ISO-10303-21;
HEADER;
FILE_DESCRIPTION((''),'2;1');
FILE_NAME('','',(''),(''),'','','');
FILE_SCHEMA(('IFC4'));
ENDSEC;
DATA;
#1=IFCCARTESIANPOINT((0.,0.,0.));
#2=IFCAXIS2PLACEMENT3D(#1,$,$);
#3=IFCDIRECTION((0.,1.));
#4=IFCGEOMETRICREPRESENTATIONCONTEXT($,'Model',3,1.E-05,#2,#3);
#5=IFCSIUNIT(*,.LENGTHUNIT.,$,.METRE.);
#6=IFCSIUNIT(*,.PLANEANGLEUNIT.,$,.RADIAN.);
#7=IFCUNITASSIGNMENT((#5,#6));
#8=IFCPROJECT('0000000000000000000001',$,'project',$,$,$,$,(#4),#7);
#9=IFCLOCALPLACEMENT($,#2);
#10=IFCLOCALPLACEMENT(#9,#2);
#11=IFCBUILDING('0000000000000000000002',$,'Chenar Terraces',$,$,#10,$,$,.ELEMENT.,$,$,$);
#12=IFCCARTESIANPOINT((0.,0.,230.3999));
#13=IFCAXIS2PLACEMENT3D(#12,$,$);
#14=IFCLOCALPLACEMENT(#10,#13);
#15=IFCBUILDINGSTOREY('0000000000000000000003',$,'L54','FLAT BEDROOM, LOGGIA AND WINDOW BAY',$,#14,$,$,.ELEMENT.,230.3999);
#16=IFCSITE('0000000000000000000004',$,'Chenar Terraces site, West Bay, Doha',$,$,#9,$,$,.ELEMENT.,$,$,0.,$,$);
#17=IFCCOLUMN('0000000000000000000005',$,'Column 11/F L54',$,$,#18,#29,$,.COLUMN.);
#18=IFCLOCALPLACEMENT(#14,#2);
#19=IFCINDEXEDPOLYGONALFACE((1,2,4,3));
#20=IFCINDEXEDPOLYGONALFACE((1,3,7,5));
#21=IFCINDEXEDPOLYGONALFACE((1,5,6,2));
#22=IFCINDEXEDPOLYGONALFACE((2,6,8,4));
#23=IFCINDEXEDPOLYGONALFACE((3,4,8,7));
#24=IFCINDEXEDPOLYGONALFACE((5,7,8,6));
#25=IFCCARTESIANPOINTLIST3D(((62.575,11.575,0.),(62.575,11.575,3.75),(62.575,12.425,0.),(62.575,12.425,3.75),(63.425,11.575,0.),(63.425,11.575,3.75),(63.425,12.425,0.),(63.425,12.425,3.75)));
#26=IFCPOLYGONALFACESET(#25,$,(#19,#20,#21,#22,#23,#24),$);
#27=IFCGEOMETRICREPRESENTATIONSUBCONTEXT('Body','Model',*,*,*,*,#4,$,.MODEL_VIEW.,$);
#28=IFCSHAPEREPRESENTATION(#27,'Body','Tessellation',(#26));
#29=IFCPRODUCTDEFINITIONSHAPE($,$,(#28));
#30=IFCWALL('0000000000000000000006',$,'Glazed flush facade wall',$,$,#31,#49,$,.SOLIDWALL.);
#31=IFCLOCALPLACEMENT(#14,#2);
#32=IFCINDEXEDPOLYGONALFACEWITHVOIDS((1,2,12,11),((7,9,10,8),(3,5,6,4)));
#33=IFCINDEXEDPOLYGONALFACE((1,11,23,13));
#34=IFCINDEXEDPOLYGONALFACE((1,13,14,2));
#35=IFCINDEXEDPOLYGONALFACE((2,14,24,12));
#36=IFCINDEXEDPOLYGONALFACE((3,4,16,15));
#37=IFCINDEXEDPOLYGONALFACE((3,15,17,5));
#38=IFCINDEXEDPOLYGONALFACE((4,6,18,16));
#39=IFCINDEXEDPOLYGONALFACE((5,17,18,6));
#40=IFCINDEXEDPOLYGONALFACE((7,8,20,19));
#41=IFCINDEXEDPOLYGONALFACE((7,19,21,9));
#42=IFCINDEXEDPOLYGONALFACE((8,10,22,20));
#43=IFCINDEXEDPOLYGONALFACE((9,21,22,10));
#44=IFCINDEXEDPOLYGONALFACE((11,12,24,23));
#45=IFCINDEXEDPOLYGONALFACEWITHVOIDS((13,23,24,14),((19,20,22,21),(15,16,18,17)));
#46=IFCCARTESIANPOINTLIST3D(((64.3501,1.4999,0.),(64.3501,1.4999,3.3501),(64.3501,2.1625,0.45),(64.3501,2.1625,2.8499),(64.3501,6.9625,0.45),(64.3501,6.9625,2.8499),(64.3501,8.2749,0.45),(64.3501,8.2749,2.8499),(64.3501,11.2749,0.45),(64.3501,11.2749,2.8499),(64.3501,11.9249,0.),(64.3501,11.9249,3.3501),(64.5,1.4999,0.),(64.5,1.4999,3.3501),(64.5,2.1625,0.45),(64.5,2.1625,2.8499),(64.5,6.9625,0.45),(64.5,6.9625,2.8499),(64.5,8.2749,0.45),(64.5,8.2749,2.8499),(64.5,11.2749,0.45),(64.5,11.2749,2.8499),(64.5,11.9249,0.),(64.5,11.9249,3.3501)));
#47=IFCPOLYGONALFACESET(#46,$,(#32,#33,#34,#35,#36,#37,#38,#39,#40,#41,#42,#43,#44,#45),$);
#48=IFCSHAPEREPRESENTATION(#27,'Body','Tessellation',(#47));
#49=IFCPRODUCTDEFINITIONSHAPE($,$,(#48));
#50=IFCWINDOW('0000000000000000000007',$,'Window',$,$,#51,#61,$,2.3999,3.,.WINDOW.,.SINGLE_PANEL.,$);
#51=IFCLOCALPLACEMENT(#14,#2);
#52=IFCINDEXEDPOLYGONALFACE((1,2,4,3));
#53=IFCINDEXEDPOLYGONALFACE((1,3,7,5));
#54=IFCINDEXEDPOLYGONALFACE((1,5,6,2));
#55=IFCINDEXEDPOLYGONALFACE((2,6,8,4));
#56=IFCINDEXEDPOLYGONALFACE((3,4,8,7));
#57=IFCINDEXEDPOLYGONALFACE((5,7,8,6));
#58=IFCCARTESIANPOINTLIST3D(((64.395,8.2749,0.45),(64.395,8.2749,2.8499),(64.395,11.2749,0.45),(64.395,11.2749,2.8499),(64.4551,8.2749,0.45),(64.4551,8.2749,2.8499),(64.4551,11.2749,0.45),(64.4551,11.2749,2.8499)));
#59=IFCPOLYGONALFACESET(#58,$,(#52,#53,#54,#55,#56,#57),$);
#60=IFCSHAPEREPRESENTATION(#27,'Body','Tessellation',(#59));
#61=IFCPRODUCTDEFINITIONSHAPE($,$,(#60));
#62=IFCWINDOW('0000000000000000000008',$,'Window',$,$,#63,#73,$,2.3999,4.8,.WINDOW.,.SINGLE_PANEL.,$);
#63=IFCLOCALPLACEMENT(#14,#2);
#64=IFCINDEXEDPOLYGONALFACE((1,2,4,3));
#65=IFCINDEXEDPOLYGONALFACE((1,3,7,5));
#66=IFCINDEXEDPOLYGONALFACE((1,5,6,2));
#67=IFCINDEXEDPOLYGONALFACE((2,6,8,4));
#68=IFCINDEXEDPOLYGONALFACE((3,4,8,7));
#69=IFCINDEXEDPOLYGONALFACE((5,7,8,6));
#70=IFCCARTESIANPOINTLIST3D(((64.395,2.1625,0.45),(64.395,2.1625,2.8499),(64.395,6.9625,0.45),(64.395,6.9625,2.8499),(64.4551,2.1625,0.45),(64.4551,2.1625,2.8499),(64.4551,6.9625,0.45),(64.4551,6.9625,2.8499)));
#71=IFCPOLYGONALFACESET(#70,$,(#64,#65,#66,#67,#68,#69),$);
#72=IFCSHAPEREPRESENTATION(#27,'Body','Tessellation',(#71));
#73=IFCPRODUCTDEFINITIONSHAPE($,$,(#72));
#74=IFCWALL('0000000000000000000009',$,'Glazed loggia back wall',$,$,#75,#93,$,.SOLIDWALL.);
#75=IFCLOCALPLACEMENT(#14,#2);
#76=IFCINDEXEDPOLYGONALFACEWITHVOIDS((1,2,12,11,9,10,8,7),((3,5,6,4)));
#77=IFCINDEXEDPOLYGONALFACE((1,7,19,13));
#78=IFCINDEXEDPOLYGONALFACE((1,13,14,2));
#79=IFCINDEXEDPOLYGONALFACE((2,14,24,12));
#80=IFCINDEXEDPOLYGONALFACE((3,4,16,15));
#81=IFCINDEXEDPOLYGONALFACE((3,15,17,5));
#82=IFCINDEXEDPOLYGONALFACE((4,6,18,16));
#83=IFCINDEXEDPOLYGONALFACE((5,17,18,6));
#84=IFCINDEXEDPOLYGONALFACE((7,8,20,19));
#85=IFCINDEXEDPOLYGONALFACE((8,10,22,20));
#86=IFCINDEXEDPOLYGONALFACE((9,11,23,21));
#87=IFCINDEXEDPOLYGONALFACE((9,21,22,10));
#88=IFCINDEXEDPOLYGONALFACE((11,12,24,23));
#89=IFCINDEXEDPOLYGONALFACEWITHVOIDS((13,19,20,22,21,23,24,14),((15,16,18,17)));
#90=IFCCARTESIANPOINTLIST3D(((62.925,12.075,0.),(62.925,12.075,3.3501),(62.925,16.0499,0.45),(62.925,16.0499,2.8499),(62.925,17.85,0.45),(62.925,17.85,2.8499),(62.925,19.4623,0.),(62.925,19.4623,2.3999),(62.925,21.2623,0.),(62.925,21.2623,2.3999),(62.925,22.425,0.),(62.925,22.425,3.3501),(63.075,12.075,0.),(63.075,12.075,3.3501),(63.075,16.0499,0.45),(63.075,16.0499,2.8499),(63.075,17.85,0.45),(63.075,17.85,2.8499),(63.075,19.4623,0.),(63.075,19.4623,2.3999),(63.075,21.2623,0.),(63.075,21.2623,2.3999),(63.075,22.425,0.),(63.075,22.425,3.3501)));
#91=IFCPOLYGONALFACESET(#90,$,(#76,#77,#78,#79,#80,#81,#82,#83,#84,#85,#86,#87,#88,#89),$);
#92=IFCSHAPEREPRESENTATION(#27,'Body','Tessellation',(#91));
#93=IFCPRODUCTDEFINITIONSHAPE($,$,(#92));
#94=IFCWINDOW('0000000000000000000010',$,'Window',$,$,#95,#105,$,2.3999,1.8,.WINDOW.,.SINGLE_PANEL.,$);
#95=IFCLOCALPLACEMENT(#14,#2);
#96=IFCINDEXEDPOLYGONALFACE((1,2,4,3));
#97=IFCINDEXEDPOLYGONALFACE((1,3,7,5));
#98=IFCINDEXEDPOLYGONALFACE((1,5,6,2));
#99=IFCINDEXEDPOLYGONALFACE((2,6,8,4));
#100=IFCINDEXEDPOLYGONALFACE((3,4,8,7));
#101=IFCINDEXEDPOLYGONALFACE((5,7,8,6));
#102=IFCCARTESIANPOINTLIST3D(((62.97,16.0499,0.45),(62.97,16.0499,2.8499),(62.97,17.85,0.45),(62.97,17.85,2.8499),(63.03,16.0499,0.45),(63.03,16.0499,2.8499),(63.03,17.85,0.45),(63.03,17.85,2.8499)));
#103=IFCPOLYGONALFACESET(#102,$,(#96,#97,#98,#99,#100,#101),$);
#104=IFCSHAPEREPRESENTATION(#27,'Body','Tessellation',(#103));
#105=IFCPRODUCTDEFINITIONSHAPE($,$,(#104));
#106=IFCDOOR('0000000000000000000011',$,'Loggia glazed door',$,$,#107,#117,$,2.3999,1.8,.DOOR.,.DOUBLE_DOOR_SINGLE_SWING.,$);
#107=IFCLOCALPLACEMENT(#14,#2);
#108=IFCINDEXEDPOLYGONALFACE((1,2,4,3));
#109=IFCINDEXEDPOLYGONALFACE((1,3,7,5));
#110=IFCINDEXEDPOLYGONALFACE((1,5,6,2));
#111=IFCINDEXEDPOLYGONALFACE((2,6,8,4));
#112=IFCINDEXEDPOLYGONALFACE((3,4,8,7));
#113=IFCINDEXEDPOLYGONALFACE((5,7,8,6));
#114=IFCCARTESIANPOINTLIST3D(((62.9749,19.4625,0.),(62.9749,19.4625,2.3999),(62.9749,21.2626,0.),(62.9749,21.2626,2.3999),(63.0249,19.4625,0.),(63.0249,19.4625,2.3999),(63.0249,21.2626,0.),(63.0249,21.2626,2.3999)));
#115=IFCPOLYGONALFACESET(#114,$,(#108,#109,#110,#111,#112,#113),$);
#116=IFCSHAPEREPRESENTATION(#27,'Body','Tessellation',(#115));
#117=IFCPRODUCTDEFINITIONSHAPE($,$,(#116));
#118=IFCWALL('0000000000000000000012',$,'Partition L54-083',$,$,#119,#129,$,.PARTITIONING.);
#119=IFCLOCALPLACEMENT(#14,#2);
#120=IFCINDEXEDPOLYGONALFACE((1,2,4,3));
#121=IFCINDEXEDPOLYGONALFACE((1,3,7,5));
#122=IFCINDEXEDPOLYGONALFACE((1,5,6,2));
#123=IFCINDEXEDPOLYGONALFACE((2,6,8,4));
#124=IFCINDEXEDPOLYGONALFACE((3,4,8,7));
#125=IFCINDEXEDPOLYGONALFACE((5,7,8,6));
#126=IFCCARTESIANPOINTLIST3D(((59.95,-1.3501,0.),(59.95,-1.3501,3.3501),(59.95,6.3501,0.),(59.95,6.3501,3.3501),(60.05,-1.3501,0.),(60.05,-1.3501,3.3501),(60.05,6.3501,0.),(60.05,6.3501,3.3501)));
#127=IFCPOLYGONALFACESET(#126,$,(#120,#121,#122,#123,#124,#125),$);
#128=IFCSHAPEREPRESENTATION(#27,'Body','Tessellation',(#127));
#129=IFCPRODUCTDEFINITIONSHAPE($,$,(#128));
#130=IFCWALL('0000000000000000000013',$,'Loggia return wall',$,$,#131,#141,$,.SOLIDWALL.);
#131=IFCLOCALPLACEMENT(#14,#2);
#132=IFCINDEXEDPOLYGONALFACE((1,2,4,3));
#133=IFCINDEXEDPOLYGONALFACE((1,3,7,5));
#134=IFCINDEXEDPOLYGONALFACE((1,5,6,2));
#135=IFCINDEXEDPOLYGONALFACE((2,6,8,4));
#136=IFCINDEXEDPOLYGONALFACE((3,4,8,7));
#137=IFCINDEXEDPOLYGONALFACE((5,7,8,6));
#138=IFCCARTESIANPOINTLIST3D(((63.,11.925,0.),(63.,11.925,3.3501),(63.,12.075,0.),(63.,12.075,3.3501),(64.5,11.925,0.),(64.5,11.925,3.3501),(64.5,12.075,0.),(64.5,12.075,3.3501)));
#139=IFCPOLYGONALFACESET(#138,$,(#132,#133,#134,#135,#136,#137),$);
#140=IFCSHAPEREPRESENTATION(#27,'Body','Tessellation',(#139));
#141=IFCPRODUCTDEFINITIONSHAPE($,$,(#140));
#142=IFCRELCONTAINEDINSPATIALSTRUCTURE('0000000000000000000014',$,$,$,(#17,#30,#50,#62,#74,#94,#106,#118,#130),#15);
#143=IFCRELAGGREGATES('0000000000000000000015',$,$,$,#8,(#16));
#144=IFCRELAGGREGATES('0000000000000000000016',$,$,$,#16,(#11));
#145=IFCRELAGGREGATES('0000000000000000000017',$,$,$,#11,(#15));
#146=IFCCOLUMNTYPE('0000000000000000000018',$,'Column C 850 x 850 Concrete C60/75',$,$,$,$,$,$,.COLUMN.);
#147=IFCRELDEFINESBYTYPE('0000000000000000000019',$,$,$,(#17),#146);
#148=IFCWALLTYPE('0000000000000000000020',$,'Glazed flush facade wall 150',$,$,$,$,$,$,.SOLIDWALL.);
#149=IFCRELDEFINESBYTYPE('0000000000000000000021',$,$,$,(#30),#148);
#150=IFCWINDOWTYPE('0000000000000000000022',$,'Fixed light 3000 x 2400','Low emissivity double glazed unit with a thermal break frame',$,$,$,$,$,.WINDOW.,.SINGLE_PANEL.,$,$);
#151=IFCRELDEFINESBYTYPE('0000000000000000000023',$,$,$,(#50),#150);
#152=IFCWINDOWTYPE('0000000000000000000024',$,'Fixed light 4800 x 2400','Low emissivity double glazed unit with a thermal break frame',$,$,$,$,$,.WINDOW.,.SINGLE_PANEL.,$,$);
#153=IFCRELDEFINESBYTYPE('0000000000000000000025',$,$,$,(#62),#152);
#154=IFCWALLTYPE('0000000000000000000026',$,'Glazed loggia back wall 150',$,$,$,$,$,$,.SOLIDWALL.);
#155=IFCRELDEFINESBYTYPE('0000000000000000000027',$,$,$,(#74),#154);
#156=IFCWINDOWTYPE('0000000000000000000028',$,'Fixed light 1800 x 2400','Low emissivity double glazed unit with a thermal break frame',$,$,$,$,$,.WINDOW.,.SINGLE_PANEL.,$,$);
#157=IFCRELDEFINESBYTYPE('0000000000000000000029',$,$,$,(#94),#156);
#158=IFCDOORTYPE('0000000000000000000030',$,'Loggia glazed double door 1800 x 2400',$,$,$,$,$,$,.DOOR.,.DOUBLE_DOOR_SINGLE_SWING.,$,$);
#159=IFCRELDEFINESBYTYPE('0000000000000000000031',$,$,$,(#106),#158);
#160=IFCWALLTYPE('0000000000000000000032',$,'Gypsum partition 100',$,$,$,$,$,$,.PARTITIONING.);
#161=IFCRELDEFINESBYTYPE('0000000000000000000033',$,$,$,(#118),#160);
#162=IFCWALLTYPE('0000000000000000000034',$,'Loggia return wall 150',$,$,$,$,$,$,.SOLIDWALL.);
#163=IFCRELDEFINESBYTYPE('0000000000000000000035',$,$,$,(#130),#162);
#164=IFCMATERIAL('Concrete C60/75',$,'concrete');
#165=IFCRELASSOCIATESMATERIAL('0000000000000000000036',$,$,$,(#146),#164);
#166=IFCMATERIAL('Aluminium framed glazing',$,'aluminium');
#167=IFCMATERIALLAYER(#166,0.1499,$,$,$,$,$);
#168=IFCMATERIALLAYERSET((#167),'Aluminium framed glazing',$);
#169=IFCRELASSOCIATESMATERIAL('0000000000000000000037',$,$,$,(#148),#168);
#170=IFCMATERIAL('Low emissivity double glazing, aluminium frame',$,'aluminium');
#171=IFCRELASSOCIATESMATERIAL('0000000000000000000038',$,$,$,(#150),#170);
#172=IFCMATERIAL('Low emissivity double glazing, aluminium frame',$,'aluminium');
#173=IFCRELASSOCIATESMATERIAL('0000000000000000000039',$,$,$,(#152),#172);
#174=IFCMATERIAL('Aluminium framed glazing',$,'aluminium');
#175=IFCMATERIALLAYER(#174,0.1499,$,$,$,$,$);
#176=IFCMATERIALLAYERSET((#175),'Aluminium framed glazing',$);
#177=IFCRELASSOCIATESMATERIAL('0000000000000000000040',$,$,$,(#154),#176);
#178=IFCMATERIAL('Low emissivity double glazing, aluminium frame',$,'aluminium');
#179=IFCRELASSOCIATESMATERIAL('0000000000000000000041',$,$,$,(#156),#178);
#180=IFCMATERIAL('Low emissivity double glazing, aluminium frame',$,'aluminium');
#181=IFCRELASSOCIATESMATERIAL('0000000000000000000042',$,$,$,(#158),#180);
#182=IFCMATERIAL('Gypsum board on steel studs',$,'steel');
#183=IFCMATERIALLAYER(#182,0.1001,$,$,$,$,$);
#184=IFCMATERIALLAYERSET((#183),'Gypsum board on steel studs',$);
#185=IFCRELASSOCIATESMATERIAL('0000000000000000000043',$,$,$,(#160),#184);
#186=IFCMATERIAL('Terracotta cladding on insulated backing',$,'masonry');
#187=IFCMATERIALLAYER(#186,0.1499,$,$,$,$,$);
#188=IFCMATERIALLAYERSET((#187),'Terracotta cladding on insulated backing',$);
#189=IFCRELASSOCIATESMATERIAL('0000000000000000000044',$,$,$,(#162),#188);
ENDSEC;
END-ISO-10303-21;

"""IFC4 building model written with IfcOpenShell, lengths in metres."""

from ifc_helpers import new_model, si_unit, direction, frame, frame_2d, origin, origin_2d, place, context, subcontext, project, spatial, rectangle, extrude, material, layer, layer_set, material_profile, profile_set, type_object, element, fill, save


model = new_model("IFC4")

# Units and contexts
model_context = context("Model", 3, precision=1e-05, world=origin(), true_north=direction((0.0, 1.0)))
body_context = subcontext(model_context, "Body", "Model", "MODEL_VIEW")
ifc_project = project(units=[si_unit("LENGTHUNIT", "METRE"), si_unit("PLANEANGLEUNIT", "RADIAN")], contexts=[model_context])

# Site, building, storey
site_placement = place(None, origin())
site = spatial("IfcSite", under=ifc_project, at=site_placement, Name="Chenar Terraces site, West Bay, Doha", CompositionType="ELEMENT", RefElevation=0.0)
building_placement = place(site_placement, origin())
building = spatial("IfcBuilding", under=site, at=building_placement, Name="Chenar Terraces", CompositionType="ELEMENT")
storey_placement = place(building_placement, frame((0.0, 0.0, 230.3999)))
storey = spatial("IfcBuildingStorey", under=building, at=storey_placement, Name="L54", Description="FLAT BEDROOM, LOGGIA AND WINDOW BAY", CompositionType="ELEMENT", Elevation=230.3999)

# Column
ifc_material_1 = material(Name="Concrete C60/75", Category="concrete")
ifc_material_profile = material_profile(ifc_material_1, rectangle(XDim=0.8501, YDim=0.8501, at=origin_2d()), Name="C 850 x 850")
ifc_profile_set = profile_set([ifc_material_profile], Name="Concrete C60/75")
column_type = type_object("IfcColumnType", Name="Column C 850 x 850 Concrete C60/75", PredefinedType="COLUMN", material=ifc_profile_set)
column_placement = place(storey_placement, frame((63.0, 12.0, 0.0), z_axis=(0.0, 0.0, 1.0), x_axis=(1.0, 0.0, 0.0)))
element("IfcColumn", 1, at=column_placement, inside=storey, type_object=column_type, Name="Column 11/F L54", PredefinedType="COLUMN", context=body_context, shape_type="SweptSolid", body=[
    extrude(rectangle(XDim=0.8501, YDim=0.8501, at=origin_2d()), origin(), (0.0, 0.0, 1.0), 3.75),
])

# Wall, openings, windows
ifc_material_2 = material(Name="Aluminium framed glazing", Category="aluminium")
ifc_layer_1 = layer(ifc_material_2, 0.1499)
ifc_layer_set_1 = layer_set([ifc_layer_1], Name="Aluminium framed glazing")
wall_type_1 = type_object("IfcWallType", Name="Glazed flush facade wall 150", PredefinedType="SOLIDWALL", material=ifc_layer_set_1)
wall_1_placement = place(storey_placement, frame((64.425, 1.5, 0.0), z_axis=(0.0, 0.0, 1.0), x_axis=(0.0, 1.0, 0.0)))
wall_1 = element("IfcWall", 2, at=wall_1_placement, inside=storey, type_object=wall_type_1, Name="Glazed flush facade wall", PredefinedType="SOLIDWALL", context=body_context, shape_type="SweptSolid", body=[
    extrude(rectangle(XDim=10.425, YDim=0.1499, at=frame_2d((5.2124, 0.0))), origin(), (0.0, 0.0, 1.0), 3.3501),
])
opening_1_placement = place(wall_1_placement, frame((0.6626, 0.0, 0.45)))
opening_1 = element("IfcOpeningElement", 3, at=opening_1_placement, cuts=wall_1, PredefinedType="OPENING", context=body_context, shape_type="SweptSolid", body=[
    extrude(rectangle(XDim=4.8, YDim=2.3999, at=frame_2d((2.3999, 1.2))), frame((0.0, 0.085, 0.0), z_axis=(0.0, -1.0, 0.0), x_axis=(1.0, 0.0, 0.0)), (0.0, 0.0, 1.0), 0.1699),
])
opening_2_placement = place(wall_1_placement, frame((6.7749, 0.0, 0.45)))
opening_2 = element("IfcOpeningElement", 4, at=opening_2_placement, cuts=wall_1, PredefinedType="OPENING", context=body_context, shape_type="SweptSolid", body=[
    extrude(rectangle(XDim=3.0, YDim=2.3999, at=frame_2d((1.5, 1.2))), frame((0.0, 0.085, 0.0), z_axis=(0.0, -1.0, 0.0), x_axis=(1.0, 0.0, 0.0)), (0.0, 0.0, 1.0), 0.1699),
])
ifc_material_3 = material(Name="Low emissivity double glazing, aluminium frame", Category="aluminium")
window_type_1 = type_object("IfcWindowType", Name="Fixed light 3000 x 2400", Description="Low emissivity double glazed unit with a thermal break frame", PartitioningType="SINGLE_PANEL", PredefinedType="WINDOW", material=ifc_material_3)
window_1_placement = place(opening_2_placement, origin())
window_1 = element("IfcWindow", 5, at=window_1_placement, inside=storey, type_object=window_type_1, Name="Window", OverallHeight=2.3999, OverallWidth=3.0, PartitioningType="SINGLE_PANEL", PredefinedType="WINDOW", context=body_context, shape_type="SweptSolid", body=[
    extrude(rectangle(XDim=3.0, YDim=2.3999, at=frame_2d((1.5, 1.2))), frame((0.0, 0.03, 0.0), z_axis=(0.0, -1.0, 0.0), x_axis=(1.0, 0.0, 0.0)), (0.0, 0.0, 1.0), 0.0601),
])
fill(opening_2, window_1)
ifc_material_4 = material(Name="Low emissivity double glazing, aluminium frame", Category="aluminium")
window_type_2 = type_object("IfcWindowType", Name="Fixed light 4800 x 2400", Description="Low emissivity double glazed unit with a thermal break frame", PartitioningType="SINGLE_PANEL", PredefinedType="WINDOW", material=ifc_material_4)
window_2_placement = place(opening_1_placement, origin())
window_2 = element("IfcWindow", 6, at=window_2_placement, inside=storey, type_object=window_type_2, Name="Window", OverallHeight=2.3999, OverallWidth=4.8, PartitioningType="SINGLE_PANEL", PredefinedType="WINDOW", context=body_context, shape_type="SweptSolid", body=[
    extrude(rectangle(XDim=4.8, YDim=2.3999, at=frame_2d((2.3999, 1.2))), frame((0.0, 0.03, 0.0), z_axis=(0.0, -1.0, 0.0), x_axis=(1.0, 0.0, 0.0)), (0.0, 0.0, 1.0), 0.0601),
])
fill(opening_1, window_2)

# Wall, openings, window, door
ifc_material_5 = material(Name="Aluminium framed glazing", Category="aluminium")
ifc_layer_2 = layer(ifc_material_5, 0.1499)
ifc_layer_set_2 = layer_set([ifc_layer_2], Name="Aluminium framed glazing")
wall_type_2 = type_object("IfcWallType", Name="Glazed loggia back wall 150", PredefinedType="SOLIDWALL", material=ifc_layer_set_2)
wall_2_placement = place(storey_placement, frame((63.0, 12.075, 0.0), z_axis=(0.0, 0.0, 1.0), x_axis=(0.0, 1.0, 0.0)))
wall_2 = element("IfcWall", 7, at=wall_2_placement, inside=storey, type_object=wall_type_2, Name="Glazed loggia back wall", PredefinedType="SOLIDWALL", context=body_context, shape_type="SweptSolid", body=[
    extrude(rectangle(XDim=10.3501, YDim=0.1499, at=frame_2d((5.175, 0.0))), origin(), (0.0, 0.0, 1.0), 3.3501),
])
opening_3_placement = place(wall_2_placement, frame((3.9751, 0.0, 0.45)))
opening_3 = element("IfcOpeningElement", 8, at=opening_3_placement, cuts=wall_2, PredefinedType="OPENING", context=body_context, shape_type="SweptSolid", body=[
    extrude(rectangle(XDim=1.8, YDim=2.3999, at=frame_2d((0.8999, 1.2))), frame((0.0, 0.085, 0.0), z_axis=(0.0, -1.0, 0.0), x_axis=(1.0, 0.0, 0.0)), (0.0, 0.0, 1.0), 0.1699),
])
opening_4_placement = place(wall_2_placement, frame((7.3875, 0.0, 0.0)))
opening_4 = element("IfcOpeningElement", 9, at=opening_4_placement, cuts=wall_2, PredefinedType="OPENING", context=body_context, shape_type="SweptSolid", body=[
    extrude(rectangle(XDim=1.8, YDim=2.3999, at=frame_2d((0.8999, 1.2))), frame((0.0, 0.085, 0.0), z_axis=(0.0, -1.0, 0.0), x_axis=(1.0, 0.0, 0.0)), (0.0, 0.0, 1.0), 0.1699),
])
ifc_material_6 = material(Name="Low emissivity double glazing, aluminium frame", Category="aluminium")
window_type_3 = type_object("IfcWindowType", Name="Fixed light 1800 x 2400", Description="Low emissivity double glazed unit with a thermal break frame", PartitioningType="SINGLE_PANEL", PredefinedType="WINDOW", material=ifc_material_6)
window_3_placement = place(opening_3_placement, origin())
window_3 = element("IfcWindow", 10, at=window_3_placement, inside=storey, type_object=window_type_3, Name="Window", OverallHeight=2.3999, OverallWidth=1.8, PartitioningType="SINGLE_PANEL", PredefinedType="WINDOW", context=body_context, shape_type="SweptSolid", body=[
    extrude(rectangle(XDim=1.8, YDim=2.3999, at=frame_2d((0.8999, 1.2))), frame((0.0, 0.03, 0.0), z_axis=(0.0, -1.0, 0.0), x_axis=(1.0, 0.0, 0.0)), (0.0, 0.0, 1.0), 0.0601),
])
fill(opening_3, window_3)
ifc_material_7 = material(Name="Low emissivity double glazing, aluminium frame", Category="aluminium")
door_type_1 = type_object("IfcDoorType", Name="Loggia glazed double door 1800 x 2400", OperationType="DOUBLE_DOOR_SINGLE_SWING", PredefinedType="DOOR", material=ifc_material_7)
door_1_placement = place(opening_4_placement, frame((1.8, 0.0, 0.0), z_axis=(0.0, 0.0, 1.0), x_axis=(-1.0, 0.0, 0.0)))
door_1 = element("IfcDoor", 11, at=door_1_placement, inside=storey, type_object=door_type_1, Name="Loggia glazed door", OperationType="DOUBLE_DOOR_SINGLE_SWING", OverallHeight=2.3999, OverallWidth=1.8, PredefinedType="DOOR", context=body_context, shape_type="SweptSolid", body=[
    extrude(rectangle(XDim=1.8, YDim=2.3999, at=frame_2d((0.8999, 1.2))), frame((0.0, 0.0249, 0.0), z_axis=(0.0, -1.0, 0.0), x_axis=(1.0, 0.0, 0.0)), (0.0, 0.0, 1.0), 0.05),
])
fill(opening_4, door_1)

# Walls
ifc_material_8 = material(Name="Gypsum board on steel studs", Category="steel")
ifc_layer_3 = layer(ifc_material_8, 0.1001)
ifc_layer_set_3 = layer_set([ifc_layer_3], Name="Gypsum board on steel studs")
wall_type_3 = type_object("IfcWallType", Name="Gypsum partition 100", PredefinedType="PARTITIONING", material=ifc_layer_set_3)
wall_3_placement = place(storey_placement, frame((60.0, -1.3501, 0.0), z_axis=(0.0, 0.0, 1.0), x_axis=(0.0, 1.0, 0.0)))
element("IfcWall", 12, at=wall_3_placement, inside=storey, type_object=wall_type_3, Name="Partition L54-083", PredefinedType="PARTITIONING", context=body_context, shape_type="SweptSolid", body=[
    extrude(rectangle(XDim=7.7002, YDim=0.1001, at=frame_2d((3.8501, 0.0))), origin(), (0.0, 0.0, 1.0), 3.3501),
])
ifc_material_9 = material(Name="Terracotta cladding on insulated backing", Category="masonry")
ifc_layer_4 = layer(ifc_material_9, 0.1499)
ifc_layer_set_4 = layer_set([ifc_layer_4], Name="Terracotta cladding on insulated backing")
wall_type_4 = type_object("IfcWallType", Name="Loggia return wall 150", PredefinedType="SOLIDWALL", material=ifc_layer_set_4)
wall_4_placement = place(storey_placement, frame((64.5, 12.0, 0.0), z_axis=(0.0, 0.0, 1.0), x_axis=(-1.0, 0.0, 0.0)))
element("IfcWall", 13, at=wall_4_placement, inside=storey, type_object=wall_type_4, Name="Loggia return wall", PredefinedType="SOLIDWALL", context=body_context, shape_type="SweptSolid", body=[
    extrude(rectangle(XDim=1.5, YDim=0.1499, at=frame_2d((0.75, 0.0))), origin(), (0.0, 0.0, 1.0), 3.3501),
])

save(model, "model.ifc")
